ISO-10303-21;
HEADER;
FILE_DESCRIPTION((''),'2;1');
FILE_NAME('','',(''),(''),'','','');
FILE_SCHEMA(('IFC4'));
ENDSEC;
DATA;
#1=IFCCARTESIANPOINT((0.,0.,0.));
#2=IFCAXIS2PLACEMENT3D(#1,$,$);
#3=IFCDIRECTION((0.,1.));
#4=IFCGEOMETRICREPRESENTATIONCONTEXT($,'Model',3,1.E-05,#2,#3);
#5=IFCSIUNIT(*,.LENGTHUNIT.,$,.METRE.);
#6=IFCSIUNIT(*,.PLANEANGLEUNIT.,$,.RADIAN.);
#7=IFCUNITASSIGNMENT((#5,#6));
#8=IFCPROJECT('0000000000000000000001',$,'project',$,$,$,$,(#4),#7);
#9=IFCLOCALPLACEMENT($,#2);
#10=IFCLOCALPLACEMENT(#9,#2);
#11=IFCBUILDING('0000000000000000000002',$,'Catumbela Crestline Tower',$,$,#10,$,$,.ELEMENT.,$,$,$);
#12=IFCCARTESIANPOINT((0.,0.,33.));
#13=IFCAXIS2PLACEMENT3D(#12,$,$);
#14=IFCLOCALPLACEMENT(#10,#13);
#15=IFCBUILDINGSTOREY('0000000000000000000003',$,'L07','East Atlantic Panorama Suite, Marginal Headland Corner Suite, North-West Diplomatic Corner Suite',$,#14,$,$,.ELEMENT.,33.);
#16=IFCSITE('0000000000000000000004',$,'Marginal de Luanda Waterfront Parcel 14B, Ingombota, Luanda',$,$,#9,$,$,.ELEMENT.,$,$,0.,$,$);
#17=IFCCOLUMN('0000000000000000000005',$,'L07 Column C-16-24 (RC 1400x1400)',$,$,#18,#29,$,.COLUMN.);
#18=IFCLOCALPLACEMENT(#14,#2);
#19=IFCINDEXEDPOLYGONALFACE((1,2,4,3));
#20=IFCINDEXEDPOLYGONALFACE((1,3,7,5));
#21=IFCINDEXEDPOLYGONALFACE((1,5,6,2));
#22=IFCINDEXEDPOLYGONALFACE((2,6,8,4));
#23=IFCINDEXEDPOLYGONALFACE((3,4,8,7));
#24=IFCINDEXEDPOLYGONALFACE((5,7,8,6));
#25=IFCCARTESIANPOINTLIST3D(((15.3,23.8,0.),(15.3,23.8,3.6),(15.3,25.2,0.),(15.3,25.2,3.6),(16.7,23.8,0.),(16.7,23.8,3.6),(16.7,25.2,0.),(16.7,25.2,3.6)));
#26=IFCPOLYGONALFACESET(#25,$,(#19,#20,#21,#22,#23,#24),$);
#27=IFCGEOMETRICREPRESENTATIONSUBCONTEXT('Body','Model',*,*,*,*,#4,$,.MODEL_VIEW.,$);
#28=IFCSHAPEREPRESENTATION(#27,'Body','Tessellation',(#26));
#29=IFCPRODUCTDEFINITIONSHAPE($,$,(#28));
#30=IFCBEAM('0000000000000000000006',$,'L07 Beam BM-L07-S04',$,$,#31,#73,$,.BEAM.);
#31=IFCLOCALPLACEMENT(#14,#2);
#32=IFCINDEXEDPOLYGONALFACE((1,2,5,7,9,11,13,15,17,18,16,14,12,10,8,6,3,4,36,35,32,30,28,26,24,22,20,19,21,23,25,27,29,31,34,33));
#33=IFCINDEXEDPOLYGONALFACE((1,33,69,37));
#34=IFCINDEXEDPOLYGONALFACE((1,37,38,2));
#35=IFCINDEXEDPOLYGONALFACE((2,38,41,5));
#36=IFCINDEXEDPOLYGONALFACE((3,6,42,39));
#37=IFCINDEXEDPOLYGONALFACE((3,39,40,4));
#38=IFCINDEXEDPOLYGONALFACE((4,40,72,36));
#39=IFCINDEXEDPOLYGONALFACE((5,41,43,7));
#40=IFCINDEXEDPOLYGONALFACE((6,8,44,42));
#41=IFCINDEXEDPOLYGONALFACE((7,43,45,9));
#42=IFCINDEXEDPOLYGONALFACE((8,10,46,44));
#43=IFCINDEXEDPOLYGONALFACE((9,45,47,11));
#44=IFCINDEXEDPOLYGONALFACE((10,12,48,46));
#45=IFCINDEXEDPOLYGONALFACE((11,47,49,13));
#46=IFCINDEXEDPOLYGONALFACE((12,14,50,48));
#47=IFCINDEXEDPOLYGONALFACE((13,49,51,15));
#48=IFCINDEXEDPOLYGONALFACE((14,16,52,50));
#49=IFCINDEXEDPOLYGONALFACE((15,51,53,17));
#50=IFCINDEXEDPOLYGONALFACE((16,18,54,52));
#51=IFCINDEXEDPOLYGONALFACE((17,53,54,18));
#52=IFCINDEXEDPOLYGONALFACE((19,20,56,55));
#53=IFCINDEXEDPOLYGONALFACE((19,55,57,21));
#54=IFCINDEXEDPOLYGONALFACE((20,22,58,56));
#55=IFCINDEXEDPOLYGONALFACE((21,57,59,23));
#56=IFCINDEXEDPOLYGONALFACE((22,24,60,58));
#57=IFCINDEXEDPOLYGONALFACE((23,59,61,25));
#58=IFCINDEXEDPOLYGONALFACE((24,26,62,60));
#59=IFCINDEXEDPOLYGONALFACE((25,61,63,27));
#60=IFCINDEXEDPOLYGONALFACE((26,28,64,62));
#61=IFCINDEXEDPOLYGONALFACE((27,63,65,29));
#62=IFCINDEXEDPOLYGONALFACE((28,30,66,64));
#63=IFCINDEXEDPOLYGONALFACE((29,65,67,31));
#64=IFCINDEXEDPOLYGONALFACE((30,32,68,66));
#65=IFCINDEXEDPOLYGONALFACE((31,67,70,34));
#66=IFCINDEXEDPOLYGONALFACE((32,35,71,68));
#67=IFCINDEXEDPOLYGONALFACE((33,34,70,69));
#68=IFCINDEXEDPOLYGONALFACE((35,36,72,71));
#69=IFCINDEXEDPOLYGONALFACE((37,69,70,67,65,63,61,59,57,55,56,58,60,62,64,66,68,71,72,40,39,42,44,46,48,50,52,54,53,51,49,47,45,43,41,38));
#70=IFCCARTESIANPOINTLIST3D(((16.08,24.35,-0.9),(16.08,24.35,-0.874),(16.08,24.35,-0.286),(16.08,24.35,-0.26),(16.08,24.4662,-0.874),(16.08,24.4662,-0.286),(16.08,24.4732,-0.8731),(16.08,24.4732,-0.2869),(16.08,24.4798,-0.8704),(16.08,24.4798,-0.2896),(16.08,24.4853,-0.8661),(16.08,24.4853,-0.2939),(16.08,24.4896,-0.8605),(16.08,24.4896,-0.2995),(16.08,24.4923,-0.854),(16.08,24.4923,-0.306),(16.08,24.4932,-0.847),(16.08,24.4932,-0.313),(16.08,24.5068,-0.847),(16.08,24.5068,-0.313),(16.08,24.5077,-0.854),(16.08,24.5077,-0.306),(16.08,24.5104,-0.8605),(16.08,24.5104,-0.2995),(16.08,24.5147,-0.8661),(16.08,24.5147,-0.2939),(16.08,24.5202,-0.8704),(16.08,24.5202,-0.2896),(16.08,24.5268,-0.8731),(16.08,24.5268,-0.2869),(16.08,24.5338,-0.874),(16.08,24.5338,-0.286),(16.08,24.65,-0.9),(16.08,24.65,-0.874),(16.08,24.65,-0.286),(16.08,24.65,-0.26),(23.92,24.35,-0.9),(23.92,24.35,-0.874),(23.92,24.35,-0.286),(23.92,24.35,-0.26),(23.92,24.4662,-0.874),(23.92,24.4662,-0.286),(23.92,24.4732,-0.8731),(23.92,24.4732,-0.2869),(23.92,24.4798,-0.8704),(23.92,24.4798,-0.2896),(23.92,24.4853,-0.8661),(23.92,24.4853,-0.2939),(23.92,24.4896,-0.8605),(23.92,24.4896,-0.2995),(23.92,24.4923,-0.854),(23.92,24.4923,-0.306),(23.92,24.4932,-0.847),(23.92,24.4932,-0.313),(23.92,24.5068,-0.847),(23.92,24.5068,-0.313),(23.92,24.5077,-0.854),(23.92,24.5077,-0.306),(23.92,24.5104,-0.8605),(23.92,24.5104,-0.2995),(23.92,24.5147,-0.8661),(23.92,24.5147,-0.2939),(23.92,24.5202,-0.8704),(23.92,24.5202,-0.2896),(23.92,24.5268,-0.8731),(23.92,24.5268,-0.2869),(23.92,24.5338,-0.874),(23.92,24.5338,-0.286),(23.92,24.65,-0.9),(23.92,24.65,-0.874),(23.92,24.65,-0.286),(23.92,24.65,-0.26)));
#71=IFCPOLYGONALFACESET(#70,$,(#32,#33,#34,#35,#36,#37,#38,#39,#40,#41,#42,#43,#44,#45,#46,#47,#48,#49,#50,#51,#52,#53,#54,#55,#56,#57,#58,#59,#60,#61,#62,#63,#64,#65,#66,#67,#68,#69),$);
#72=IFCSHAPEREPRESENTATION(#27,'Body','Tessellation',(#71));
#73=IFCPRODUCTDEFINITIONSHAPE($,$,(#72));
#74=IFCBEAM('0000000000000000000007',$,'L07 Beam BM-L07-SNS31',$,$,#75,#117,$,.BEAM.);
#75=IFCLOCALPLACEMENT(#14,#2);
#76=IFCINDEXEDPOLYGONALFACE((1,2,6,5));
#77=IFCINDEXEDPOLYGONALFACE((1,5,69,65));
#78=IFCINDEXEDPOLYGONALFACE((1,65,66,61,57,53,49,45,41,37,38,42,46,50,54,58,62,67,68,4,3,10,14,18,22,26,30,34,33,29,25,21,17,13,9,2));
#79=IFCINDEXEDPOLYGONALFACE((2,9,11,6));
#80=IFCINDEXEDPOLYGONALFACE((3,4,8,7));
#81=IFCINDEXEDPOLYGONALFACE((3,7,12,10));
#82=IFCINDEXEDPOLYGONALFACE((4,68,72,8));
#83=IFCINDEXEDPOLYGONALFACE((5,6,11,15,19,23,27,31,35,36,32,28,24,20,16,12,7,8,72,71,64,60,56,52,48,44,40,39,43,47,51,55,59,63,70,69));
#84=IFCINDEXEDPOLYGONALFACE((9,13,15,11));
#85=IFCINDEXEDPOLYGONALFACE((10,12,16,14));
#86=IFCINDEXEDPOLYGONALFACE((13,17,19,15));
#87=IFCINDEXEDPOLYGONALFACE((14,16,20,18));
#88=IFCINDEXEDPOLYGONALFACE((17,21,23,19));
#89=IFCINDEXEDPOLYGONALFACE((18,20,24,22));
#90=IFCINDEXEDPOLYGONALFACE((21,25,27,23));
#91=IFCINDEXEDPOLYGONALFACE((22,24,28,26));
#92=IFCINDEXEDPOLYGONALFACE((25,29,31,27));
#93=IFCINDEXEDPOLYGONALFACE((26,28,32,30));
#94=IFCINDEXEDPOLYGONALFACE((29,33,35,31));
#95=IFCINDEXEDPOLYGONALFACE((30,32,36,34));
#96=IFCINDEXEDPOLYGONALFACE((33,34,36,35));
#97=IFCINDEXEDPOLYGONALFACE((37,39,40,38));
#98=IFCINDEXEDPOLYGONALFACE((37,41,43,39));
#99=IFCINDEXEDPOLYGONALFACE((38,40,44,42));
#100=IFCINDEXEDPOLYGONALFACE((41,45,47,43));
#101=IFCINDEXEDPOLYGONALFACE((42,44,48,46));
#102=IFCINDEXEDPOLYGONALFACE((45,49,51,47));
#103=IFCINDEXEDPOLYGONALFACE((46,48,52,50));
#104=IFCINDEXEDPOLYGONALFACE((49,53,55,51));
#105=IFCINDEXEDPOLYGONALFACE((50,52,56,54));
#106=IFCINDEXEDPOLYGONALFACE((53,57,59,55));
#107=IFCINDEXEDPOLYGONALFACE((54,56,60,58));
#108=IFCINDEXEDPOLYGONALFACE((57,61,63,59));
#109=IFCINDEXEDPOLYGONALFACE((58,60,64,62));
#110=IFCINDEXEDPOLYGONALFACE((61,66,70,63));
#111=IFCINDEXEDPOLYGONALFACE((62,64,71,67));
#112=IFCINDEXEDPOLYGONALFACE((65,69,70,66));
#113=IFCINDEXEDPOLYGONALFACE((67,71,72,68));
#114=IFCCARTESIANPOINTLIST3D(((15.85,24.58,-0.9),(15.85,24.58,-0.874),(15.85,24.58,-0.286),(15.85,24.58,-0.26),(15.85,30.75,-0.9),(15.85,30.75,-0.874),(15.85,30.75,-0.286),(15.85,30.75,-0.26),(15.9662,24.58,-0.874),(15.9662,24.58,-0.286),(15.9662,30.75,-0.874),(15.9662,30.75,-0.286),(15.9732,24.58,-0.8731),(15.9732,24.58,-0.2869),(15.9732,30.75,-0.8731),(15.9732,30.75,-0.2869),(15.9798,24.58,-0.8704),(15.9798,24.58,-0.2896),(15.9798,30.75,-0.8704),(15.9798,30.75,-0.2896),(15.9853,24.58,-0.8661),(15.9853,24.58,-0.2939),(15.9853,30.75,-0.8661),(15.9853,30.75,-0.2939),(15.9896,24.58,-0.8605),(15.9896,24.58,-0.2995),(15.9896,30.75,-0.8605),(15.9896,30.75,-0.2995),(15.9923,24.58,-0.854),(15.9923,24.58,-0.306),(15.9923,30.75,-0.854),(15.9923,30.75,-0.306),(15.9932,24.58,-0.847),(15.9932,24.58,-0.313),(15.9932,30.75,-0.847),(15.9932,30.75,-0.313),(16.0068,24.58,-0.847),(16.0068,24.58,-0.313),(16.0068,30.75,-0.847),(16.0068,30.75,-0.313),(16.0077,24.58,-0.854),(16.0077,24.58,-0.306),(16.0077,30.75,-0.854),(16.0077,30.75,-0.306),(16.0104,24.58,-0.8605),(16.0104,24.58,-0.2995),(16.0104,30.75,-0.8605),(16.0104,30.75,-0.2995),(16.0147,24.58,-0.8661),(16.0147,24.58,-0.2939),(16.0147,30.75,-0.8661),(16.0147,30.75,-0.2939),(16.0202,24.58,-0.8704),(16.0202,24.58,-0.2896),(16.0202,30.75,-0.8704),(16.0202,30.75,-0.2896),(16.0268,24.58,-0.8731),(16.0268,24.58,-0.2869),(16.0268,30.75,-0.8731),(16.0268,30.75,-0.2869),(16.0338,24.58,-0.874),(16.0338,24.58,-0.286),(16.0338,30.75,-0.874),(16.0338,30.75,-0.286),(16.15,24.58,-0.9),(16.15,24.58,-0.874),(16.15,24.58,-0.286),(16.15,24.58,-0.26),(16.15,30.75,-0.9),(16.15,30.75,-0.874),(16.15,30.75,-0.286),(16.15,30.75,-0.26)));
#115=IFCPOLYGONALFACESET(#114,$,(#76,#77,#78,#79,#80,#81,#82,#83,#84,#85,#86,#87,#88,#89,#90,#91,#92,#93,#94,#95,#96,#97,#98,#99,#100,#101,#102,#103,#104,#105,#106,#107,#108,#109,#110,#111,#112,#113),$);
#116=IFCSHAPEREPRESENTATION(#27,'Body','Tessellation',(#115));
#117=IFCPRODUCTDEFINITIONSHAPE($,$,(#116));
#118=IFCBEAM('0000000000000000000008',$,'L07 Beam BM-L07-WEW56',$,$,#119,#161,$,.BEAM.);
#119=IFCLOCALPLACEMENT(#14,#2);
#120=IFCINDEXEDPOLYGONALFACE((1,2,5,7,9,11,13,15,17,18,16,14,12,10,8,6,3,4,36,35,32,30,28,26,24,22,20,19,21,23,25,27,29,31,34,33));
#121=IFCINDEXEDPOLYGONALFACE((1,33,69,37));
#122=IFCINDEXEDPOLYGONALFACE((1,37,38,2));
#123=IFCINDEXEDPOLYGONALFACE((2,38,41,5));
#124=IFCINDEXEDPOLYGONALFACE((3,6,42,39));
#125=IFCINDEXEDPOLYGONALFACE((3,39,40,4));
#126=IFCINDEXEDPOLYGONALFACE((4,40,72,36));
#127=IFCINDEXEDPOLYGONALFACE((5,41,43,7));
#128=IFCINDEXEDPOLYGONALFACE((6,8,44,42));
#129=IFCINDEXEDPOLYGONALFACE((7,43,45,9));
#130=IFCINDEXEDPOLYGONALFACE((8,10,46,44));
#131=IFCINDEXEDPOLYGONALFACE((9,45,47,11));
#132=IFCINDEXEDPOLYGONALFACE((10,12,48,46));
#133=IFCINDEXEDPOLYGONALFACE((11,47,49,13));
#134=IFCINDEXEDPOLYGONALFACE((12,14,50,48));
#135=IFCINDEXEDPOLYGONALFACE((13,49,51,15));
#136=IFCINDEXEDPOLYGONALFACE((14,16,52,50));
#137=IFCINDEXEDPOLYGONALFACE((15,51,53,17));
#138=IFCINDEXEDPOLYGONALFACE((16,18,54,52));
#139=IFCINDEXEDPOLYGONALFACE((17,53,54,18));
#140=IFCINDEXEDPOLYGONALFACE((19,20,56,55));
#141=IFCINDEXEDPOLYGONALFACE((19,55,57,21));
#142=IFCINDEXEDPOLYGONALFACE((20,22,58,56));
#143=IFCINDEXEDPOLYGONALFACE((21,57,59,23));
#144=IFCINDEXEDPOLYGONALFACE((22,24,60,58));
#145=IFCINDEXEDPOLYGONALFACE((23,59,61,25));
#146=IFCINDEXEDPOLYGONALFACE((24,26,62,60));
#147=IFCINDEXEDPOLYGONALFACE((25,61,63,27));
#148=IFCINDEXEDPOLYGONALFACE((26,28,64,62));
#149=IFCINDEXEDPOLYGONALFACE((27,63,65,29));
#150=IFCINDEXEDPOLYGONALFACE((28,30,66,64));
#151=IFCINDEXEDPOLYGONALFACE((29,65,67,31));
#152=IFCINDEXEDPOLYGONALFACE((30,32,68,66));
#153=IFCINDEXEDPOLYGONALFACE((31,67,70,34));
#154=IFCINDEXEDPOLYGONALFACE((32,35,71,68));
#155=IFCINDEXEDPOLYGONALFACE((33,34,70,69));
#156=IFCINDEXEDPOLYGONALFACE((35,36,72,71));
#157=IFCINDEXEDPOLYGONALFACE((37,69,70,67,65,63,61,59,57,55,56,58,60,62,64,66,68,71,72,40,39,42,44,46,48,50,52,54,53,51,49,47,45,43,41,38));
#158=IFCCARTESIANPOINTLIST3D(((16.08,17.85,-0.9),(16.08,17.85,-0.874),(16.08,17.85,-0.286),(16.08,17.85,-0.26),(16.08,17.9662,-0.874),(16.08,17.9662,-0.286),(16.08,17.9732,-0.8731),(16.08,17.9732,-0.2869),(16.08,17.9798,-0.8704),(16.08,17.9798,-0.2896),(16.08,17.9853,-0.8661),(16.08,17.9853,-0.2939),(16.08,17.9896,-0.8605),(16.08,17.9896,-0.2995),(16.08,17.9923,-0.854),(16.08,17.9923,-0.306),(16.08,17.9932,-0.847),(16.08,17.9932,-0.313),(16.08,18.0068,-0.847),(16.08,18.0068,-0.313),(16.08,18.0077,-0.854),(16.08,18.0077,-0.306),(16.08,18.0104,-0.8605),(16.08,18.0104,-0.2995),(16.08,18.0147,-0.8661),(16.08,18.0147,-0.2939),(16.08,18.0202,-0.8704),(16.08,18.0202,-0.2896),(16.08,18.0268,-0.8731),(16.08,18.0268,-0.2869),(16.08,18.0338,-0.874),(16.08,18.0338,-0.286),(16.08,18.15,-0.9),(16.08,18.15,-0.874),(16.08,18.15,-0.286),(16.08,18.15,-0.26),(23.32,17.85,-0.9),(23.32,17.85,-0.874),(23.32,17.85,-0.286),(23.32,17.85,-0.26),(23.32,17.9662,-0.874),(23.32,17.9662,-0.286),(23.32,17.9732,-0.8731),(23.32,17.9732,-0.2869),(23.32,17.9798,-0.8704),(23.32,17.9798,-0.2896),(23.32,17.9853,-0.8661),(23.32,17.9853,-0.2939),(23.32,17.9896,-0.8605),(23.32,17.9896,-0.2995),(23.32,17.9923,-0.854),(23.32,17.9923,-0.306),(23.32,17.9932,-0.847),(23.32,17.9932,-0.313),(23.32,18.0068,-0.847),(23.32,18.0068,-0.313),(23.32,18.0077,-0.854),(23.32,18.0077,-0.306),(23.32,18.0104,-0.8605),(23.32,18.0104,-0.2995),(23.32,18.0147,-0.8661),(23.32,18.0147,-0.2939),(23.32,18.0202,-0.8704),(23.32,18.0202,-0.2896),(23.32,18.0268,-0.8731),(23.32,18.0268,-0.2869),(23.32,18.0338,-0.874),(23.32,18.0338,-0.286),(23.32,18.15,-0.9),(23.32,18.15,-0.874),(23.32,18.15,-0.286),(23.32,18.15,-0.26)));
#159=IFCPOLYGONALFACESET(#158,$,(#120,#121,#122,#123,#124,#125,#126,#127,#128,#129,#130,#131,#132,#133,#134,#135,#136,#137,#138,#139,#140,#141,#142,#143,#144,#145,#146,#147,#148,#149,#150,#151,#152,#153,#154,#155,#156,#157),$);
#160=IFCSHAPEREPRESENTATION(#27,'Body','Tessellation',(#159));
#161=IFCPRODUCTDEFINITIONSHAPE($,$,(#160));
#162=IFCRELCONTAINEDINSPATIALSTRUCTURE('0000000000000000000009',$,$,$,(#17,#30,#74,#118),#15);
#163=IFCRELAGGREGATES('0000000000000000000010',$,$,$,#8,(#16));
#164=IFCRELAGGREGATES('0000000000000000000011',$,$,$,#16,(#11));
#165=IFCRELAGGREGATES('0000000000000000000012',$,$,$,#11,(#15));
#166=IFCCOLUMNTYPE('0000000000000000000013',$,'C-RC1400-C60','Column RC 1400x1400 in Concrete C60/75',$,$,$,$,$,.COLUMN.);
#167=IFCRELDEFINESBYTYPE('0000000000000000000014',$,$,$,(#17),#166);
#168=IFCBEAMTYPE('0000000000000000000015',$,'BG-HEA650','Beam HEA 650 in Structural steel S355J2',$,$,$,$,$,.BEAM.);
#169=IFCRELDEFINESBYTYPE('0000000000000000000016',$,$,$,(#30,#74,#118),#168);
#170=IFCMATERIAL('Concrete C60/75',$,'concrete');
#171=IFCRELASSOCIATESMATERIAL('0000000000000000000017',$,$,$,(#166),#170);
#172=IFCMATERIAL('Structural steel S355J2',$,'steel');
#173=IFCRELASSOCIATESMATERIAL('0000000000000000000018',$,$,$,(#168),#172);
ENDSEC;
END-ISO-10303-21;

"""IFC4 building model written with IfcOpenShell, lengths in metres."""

from ifc_helpers import new_model, si_unit, direction, frame, origin, origin_2d, place, context, subcontext, project, spatial, rectangle, i_section, extrude, material, material_profile, profile_set, type_object, element, save


model = new_model("IFC4")

# Units and contexts
model_context = context("Model", 3, precision=1e-05, world=origin(), true_north=direction((0.0, 1.0)))
body_context = subcontext(model_context, "Body", "Model", "MODEL_VIEW")
ifc_project = project(units=[si_unit("LENGTHUNIT", "METRE"), si_unit("PLANEANGLEUNIT", "RADIAN")], contexts=[model_context])

# Site, building, storey
site_placement = place(None, origin())
site = spatial("IfcSite", under=ifc_project, at=site_placement, Name="Marginal de Luanda Waterfront Parcel 14B, Ingombota, Luanda", CompositionType="ELEMENT", RefElevation=0.0)
building_placement = place(site_placement, origin())
building = spatial("IfcBuilding", under=site, at=building_placement, Name="Catumbela Crestline Tower", CompositionType="ELEMENT")
storey_placement = place(building_placement, frame((0.0, 0.0, 33.0)))
storey = spatial("IfcBuildingStorey", under=building, at=storey_placement, Name="L07", Description="East Atlantic Panorama Suite, Marginal Headland Corner Suite, North-West Diplomatic Corner Suite", CompositionType="ELEMENT", Elevation=33.0)

# Column
ifc_material_1 = material(Name="Concrete C60/75", Category="concrete")
ifc_material_profile_1 = material_profile(ifc_material_1, rectangle(XDim=1.4, YDim=1.4, at=origin_2d()), Name="RC 1400x1400")
ifc_profile_set_1 = profile_set([ifc_material_profile_1], Name="Concrete C60/75")
column_type = type_object("IfcColumnType", Name="C-RC1400-C60", Description="Column RC 1400x1400 in Concrete C60/75", PredefinedType="COLUMN", material=ifc_profile_set_1)
column_placement = place(storey_placement, frame((16.0, 24.5, 0.0), z_axis=(0.0, 0.0, 1.0), x_axis=(1.0, 0.0, 0.0)))
element("IfcColumn", 1, at=column_placement, inside=storey, type_object=column_type, Name="L07 Column C-16-24 (RC 1400x1400)", PredefinedType="COLUMN", context=body_context, shape_type="SweptSolid", body=[
    extrude(rectangle(XDim=1.4, YDim=1.4, at=origin_2d()), origin(), (0.0, 0.0, 1.0), 3.6),
])

# Beams
ifc_material_2 = material(Name="Structural steel S355J2", Category="steel")
ifc_material_profile_2 = material_profile(ifc_material_2, i_section(OverallWidth=0.3, OverallDepth=0.64, WebThickness=0.0135, FlangeThickness=0.026, FilletRadius=0.027, at=origin_2d()), Name="HEA 650")
ifc_profile_set_2 = profile_set([ifc_material_profile_2], Name="Structural steel S355J2")
beam_type_1 = type_object("IfcBeamType", Name="BG-HEA650", Description="Beam HEA 650 in Structural steel S355J2", PredefinedType="BEAM", material=ifc_profile_set_2)
beam_1_placement = place(storey_placement, frame((16.08, 24.5, -0.58), z_axis=(1.0, 0.0, 0.0), x_axis=(0.0, 1.0, 0.0)))
element("IfcBeam", 2, at=beam_1_placement, inside=storey, type_object=beam_type_1, Name="L07 Beam BM-L07-S04", PredefinedType="BEAM", context=body_context, shape_type="SweptSolid", body=[
    extrude(i_section(OverallWidth=0.3, OverallDepth=0.64, WebThickness=0.0135, FlangeThickness=0.026, FilletRadius=0.027, at=origin_2d()), origin(), (0.0, 0.0, 1.0), 7.84),
])
beam_2_placement = place(storey_placement, frame((16.0, 24.58, -0.58), z_axis=(0.0, 1.0, 0.0), x_axis=(-1.0, 0.0, 0.0)))
element("IfcBeam", 3, at=beam_2_placement, inside=storey, type_object=beam_type_1, Name="L07 Beam BM-L07-SNS31", PredefinedType="BEAM", context=body_context, shape_type="SweptSolid", body=[
    extrude(i_section(OverallWidth=0.3, OverallDepth=0.64, WebThickness=0.0135, FlangeThickness=0.026, FilletRadius=0.027, at=origin_2d()), origin(), (0.0, 0.0, 1.0), 6.17),
])
beam_3_placement = place(storey_placement, frame((16.08, 18.0, -0.58), z_axis=(1.0, 0.0, 0.0), x_axis=(0.0, 1.0, 0.0)))
element("IfcBeam", 4, at=beam_3_placement, inside=storey, type_object=beam_type_1, Name="L07 Beam BM-L07-WEW56", PredefinedType="BEAM", context=body_context, shape_type="SweptSolid", body=[
    extrude(i_section(OverallWidth=0.3, OverallDepth=0.64, WebThickness=0.0135, FlangeThickness=0.026, FilletRadius=0.027, at=origin_2d()), origin(), (0.0, 0.0, 1.0), 7.24),
])

save(model, "model.ifc")
